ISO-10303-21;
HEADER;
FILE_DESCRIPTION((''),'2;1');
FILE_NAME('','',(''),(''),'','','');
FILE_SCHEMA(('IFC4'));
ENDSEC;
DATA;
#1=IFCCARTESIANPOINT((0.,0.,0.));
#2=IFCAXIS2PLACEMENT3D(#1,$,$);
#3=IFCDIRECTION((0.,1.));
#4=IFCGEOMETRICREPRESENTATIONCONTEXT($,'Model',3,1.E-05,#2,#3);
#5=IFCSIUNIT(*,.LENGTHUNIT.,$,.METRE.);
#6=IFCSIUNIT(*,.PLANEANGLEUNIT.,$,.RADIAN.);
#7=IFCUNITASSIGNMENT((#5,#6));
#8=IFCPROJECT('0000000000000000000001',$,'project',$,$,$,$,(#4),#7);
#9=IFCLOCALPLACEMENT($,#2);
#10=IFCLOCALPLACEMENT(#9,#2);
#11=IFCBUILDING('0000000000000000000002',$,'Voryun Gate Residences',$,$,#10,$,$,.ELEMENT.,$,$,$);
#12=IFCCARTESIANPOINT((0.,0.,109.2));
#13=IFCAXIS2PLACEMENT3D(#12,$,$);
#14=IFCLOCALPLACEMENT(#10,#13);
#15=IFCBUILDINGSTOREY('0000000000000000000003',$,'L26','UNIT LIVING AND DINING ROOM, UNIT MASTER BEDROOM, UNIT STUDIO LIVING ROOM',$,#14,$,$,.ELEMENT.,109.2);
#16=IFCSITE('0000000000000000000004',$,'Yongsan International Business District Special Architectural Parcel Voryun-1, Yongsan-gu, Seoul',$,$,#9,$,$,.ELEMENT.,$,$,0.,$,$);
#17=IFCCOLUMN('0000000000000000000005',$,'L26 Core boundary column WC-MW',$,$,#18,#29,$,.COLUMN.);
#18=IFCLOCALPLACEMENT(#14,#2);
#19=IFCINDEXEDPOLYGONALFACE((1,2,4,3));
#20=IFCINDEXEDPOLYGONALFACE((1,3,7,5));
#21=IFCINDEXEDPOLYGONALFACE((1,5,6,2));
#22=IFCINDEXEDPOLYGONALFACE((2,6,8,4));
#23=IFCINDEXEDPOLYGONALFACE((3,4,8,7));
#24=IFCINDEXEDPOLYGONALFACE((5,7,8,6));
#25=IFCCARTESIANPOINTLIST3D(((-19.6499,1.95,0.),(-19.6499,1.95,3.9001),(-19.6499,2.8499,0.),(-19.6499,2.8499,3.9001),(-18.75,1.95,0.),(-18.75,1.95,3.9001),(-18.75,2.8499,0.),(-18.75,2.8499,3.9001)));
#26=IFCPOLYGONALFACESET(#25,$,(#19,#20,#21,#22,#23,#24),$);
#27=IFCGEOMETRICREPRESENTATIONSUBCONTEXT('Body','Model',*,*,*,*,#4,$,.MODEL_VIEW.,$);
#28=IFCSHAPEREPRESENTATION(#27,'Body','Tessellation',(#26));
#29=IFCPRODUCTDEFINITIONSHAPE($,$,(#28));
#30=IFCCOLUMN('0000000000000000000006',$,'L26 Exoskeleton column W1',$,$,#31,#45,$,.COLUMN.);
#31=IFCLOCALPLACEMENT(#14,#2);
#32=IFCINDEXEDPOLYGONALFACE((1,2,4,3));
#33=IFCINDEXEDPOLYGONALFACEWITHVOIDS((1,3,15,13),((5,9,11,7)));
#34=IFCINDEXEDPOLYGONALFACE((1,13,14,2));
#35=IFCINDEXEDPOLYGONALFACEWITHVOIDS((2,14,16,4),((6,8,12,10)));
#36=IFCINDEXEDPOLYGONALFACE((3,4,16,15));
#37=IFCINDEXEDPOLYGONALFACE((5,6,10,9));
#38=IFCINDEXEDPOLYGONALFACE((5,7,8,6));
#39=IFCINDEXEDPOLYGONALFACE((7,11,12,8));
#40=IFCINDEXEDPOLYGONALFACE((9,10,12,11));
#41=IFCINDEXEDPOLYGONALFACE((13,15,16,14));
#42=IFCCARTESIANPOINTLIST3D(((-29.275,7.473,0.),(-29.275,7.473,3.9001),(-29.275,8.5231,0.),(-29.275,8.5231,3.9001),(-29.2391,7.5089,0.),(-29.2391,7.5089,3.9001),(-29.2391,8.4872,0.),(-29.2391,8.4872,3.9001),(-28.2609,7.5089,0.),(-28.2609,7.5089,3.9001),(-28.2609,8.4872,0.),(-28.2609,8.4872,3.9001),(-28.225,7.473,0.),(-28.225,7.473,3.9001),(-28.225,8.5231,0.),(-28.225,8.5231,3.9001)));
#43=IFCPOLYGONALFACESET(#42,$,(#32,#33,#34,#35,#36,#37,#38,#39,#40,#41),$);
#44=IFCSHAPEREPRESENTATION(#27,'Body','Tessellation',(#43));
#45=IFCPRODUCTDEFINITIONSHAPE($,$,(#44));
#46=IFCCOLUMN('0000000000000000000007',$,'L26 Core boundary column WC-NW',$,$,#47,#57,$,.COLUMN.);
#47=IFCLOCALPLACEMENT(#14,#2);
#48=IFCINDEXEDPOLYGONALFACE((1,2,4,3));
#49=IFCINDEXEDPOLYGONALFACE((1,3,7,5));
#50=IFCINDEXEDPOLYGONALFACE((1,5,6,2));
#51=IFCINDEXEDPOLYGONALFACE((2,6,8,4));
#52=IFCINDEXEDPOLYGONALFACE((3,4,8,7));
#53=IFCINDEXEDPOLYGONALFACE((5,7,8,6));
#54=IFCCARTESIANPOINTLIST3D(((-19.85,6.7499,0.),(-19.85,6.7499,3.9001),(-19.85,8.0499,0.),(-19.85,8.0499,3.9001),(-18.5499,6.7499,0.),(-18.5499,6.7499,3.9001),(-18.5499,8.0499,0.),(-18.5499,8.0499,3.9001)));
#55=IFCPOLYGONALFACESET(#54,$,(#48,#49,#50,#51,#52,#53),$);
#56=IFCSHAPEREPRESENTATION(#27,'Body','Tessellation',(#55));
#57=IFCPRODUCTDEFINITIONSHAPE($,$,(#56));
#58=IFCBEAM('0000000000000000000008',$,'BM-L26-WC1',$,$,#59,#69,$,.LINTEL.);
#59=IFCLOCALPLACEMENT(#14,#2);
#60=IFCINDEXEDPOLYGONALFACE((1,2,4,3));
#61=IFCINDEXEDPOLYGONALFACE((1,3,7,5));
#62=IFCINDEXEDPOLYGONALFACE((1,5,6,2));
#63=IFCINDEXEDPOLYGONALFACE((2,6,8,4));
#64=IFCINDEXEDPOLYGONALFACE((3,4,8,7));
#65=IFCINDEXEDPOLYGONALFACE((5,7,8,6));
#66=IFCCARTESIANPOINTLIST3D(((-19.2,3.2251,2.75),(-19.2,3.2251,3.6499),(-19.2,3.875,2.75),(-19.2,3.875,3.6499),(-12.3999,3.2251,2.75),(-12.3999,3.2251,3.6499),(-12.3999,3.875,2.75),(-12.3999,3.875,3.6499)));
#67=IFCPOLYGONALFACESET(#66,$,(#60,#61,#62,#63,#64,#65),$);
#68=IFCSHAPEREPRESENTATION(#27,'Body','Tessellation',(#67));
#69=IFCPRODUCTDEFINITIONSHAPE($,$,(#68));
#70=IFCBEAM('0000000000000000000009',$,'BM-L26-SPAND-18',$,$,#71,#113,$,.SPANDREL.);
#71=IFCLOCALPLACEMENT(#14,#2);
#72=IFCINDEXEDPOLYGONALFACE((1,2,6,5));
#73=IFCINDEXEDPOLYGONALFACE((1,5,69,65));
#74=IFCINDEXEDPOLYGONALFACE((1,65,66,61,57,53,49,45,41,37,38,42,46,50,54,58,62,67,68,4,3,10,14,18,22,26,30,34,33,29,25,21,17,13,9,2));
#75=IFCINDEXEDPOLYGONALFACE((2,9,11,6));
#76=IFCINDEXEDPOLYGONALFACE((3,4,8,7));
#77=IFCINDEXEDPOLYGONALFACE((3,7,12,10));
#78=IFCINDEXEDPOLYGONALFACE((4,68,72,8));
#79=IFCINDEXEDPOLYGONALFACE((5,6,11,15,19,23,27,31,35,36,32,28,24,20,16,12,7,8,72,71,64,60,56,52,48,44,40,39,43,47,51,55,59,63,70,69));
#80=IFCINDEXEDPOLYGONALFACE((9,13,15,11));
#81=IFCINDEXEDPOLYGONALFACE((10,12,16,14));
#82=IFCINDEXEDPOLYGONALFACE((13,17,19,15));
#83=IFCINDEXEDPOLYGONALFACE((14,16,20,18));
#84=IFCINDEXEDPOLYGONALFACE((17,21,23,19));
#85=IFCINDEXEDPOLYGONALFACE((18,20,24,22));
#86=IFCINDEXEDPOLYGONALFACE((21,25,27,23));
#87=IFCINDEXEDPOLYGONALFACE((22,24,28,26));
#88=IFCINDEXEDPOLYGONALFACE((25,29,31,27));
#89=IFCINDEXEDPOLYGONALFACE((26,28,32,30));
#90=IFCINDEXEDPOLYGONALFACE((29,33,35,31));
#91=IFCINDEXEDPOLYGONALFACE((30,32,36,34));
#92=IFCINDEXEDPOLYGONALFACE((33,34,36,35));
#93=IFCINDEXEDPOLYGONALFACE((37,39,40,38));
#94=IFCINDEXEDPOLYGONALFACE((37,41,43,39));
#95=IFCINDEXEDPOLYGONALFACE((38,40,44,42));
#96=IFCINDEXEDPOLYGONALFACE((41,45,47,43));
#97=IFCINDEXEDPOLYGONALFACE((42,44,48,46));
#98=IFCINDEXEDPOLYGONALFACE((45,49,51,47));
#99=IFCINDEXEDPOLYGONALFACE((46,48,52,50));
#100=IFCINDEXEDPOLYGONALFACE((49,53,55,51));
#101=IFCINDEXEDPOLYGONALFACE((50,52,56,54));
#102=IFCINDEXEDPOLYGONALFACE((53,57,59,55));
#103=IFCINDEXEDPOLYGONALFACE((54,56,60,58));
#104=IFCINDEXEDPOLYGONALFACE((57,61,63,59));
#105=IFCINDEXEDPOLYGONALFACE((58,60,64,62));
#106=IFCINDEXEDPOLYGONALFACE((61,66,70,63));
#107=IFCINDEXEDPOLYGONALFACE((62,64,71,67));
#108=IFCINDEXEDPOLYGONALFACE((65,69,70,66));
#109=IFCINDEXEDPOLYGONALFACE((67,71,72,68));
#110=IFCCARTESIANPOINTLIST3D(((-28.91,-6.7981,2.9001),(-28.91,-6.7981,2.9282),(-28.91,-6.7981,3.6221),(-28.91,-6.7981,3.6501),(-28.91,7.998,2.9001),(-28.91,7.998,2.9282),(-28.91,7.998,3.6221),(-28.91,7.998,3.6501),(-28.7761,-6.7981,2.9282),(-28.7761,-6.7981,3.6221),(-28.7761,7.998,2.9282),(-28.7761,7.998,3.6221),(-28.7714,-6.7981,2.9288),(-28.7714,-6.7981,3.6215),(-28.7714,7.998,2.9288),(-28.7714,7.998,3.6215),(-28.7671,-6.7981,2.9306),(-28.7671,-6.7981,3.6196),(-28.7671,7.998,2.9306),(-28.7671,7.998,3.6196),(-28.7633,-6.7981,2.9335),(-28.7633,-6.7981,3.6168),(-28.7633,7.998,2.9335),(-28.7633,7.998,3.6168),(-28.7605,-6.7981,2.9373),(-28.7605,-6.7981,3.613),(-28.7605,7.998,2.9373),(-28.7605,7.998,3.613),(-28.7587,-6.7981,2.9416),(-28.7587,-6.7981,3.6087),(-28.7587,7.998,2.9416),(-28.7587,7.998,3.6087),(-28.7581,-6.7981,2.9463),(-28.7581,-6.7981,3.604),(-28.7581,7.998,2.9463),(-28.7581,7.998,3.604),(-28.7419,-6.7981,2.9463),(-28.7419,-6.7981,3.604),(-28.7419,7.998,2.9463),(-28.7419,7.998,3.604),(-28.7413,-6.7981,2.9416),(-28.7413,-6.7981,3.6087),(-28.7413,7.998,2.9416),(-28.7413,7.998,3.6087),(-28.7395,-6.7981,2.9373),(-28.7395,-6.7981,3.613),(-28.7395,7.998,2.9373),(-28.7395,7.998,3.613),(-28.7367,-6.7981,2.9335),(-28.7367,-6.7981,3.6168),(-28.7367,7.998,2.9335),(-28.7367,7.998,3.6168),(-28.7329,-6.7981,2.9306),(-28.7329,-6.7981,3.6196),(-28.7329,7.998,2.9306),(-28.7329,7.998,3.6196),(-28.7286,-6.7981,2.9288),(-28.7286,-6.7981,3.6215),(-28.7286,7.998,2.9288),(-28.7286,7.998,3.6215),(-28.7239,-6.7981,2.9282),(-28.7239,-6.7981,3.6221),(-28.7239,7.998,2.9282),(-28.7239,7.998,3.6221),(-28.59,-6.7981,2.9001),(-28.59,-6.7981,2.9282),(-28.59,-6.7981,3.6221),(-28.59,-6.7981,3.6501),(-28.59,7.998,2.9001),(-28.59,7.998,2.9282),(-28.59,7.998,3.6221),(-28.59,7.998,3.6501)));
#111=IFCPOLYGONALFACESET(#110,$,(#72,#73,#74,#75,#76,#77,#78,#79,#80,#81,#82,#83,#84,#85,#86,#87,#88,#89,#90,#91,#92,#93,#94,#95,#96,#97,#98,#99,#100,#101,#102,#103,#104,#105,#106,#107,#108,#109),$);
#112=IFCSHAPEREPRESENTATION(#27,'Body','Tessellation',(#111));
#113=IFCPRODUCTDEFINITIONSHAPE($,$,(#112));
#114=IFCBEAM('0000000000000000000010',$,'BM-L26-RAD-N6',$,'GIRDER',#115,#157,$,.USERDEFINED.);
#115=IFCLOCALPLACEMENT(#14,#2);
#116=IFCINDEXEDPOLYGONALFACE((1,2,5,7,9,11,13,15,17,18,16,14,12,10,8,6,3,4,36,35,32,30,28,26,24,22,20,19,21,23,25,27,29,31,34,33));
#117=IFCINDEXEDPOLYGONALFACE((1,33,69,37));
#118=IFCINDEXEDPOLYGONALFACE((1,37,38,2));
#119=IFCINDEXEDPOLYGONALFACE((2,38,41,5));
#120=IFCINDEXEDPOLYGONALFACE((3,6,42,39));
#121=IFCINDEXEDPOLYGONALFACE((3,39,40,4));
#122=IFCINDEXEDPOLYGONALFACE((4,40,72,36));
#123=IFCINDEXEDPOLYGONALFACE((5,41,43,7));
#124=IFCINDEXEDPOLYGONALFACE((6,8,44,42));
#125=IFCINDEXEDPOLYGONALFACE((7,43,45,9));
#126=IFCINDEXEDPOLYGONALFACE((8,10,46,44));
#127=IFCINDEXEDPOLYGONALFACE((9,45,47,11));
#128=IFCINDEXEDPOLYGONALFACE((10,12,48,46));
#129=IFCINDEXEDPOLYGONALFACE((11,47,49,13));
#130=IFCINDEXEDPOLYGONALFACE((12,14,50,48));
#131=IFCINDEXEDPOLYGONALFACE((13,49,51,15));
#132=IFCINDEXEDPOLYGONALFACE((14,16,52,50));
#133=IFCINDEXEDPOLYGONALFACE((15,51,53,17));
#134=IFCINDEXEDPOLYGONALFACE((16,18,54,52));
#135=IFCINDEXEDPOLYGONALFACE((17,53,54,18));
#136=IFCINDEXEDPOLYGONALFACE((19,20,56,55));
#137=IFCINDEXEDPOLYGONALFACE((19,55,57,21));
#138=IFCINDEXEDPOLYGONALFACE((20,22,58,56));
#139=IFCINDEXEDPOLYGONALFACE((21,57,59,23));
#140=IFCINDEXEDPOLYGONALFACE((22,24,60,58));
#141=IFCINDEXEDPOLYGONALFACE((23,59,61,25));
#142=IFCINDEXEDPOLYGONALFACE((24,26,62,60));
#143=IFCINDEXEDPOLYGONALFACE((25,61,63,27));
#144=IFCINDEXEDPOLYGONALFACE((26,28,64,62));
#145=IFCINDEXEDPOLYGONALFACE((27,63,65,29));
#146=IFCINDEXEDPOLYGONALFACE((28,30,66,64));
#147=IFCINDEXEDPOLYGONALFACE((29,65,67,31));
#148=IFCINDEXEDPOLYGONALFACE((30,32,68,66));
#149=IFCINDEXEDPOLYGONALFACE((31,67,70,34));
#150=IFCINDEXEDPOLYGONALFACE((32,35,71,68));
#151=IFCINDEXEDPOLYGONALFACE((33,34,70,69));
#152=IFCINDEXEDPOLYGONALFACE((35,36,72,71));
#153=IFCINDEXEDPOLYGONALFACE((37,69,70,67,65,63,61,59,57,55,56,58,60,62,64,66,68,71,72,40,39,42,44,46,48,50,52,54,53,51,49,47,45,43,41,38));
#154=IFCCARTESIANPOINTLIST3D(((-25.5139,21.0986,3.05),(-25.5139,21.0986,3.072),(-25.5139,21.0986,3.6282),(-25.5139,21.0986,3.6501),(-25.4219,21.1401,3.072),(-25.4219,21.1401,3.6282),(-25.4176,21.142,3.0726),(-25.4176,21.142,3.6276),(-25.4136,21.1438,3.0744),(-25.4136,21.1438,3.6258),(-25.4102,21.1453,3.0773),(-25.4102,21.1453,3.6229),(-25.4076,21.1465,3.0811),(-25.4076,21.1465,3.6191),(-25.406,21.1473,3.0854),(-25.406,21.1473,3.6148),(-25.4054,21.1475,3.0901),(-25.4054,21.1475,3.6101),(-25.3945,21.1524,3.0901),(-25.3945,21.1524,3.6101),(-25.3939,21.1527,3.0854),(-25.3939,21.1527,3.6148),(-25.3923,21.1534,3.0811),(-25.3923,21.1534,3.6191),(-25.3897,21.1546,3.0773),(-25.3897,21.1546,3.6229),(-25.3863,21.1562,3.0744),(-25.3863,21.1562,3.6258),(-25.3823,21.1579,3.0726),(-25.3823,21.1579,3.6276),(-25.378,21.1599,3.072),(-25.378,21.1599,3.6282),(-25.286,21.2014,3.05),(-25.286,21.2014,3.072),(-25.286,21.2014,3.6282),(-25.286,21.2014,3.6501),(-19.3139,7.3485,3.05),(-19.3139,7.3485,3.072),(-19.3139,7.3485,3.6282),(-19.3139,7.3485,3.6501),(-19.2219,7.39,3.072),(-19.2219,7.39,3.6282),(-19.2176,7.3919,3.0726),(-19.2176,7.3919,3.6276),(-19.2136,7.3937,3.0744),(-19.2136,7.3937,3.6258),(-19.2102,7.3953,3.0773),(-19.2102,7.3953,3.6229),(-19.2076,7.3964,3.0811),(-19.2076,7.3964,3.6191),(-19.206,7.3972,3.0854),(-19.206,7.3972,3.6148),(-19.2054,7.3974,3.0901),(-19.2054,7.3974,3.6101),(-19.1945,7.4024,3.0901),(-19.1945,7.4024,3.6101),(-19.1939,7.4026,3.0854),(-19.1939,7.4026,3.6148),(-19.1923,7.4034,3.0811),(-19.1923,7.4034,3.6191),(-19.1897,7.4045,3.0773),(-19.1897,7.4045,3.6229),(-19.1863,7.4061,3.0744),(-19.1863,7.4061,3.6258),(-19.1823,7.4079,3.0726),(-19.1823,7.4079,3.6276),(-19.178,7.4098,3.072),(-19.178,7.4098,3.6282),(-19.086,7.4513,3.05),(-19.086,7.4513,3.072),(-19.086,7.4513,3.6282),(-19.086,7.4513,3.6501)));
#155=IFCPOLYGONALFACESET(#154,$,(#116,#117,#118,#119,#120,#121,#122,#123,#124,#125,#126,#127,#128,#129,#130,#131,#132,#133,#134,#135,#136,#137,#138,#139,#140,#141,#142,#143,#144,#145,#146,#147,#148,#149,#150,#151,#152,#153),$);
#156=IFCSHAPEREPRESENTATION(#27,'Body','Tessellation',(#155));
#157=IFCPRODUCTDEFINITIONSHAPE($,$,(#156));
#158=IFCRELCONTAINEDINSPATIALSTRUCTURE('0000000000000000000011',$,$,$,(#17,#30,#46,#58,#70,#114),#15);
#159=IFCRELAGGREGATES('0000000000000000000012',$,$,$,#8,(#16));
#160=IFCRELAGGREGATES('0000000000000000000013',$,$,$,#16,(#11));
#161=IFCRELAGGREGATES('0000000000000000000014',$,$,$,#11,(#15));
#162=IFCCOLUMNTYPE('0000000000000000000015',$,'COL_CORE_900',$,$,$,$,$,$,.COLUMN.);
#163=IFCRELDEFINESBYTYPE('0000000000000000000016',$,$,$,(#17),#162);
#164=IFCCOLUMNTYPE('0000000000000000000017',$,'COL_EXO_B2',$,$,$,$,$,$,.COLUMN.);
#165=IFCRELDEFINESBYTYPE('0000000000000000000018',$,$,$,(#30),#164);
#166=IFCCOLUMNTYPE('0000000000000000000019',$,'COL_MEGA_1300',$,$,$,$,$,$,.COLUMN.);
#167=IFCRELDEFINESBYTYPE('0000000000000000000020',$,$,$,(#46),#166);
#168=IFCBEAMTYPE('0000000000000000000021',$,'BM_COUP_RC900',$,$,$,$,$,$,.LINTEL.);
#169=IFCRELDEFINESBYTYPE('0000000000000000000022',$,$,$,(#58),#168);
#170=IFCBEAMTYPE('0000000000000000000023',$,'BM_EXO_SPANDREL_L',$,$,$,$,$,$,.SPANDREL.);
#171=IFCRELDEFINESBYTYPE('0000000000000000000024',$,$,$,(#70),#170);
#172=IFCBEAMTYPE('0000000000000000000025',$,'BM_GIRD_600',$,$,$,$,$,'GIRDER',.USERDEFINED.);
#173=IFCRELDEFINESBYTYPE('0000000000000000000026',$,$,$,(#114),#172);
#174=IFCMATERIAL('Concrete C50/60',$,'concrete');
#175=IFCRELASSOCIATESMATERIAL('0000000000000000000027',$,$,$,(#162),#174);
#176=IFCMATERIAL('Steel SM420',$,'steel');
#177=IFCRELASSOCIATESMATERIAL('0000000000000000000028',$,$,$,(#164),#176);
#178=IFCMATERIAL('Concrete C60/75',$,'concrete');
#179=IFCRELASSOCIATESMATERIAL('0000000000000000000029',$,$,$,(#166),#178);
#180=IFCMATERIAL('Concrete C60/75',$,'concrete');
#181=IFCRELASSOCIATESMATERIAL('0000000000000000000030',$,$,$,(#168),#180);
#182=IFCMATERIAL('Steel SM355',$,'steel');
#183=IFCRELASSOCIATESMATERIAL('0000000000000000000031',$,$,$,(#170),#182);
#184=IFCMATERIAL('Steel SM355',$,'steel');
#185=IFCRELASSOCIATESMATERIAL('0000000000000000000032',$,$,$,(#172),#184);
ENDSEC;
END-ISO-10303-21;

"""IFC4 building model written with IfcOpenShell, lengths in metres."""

from ifc_helpers import new_model, si_unit, direction, frame, origin, origin_2d, place, context, subcontext, project, spatial, rectangle, hollow_rectangle, i_section, extrude, material, material_profile, profile_set, type_object, element, save


model = new_model("IFC4")

# Units and contexts
model_context = context("Model", 3, precision=1e-05, world=origin(), true_north=direction((0.0, 1.0)))
body_context = subcontext(model_context, "Body", "Model", "MODEL_VIEW")
ifc_project = project(units=[si_unit("LENGTHUNIT", "METRE"), si_unit("PLANEANGLEUNIT", "RADIAN")], contexts=[model_context])

# Site, building, storey
site_placement = place(None, origin())
site = spatial("IfcSite", under=ifc_project, at=site_placement, Name="Yongsan International Business District Special Architectural Parcel Voryun-1, Yongsan-gu, Seoul", CompositionType="ELEMENT", RefElevation=0.0)
building_placement = place(site_placement, origin())
building = spatial("IfcBuilding", under=site, at=building_placement, Name="Voryun Gate Residences", CompositionType="ELEMENT")
storey_placement = place(building_placement, frame((0.0, 0.0, 109.2)))
storey = spatial("IfcBuildingStorey", under=building, at=storey_placement, Name="L26", Description="UNIT LIVING AND DINING ROOM, UNIT MASTER BEDROOM, UNIT STUDIO LIVING ROOM", CompositionType="ELEMENT", Elevation=109.2)

# Columns
ifc_material_1 = material(Name="Concrete C50/60", Category="concrete")
ifc_material_profile_1 = material_profile(ifc_material_1, rectangle(XDim=0.8999, YDim=0.8999, at=origin_2d()), Name="RC-900x900")
ifc_profile_set_1 = profile_set([ifc_material_profile_1], Name="Concrete C50/60")
column_type_1 = type_object("IfcColumnType", Name="COL_CORE_900", PredefinedType="COLUMN", material=ifc_profile_set_1)
column_1_placement = place(storey_placement, frame((-19.2, 2.3999, 0.0), z_axis=(0.0, 0.0, 1.0), x_axis=(1.0, 0.0, 0.0)))
element("IfcColumn", 1, at=column_1_placement, inside=storey, type_object=column_type_1, Name="L26 Core boundary column WC-MW", PredefinedType="COLUMN", context=body_context, shape_type="SweptSolid", body=[
    extrude(rectangle(XDim=0.8999, YDim=0.8999, at=origin_2d()), origin(), (0.0, 0.0, 1.0), 3.9001),
])
ifc_material_2 = material(Name="Steel SM420", Category="steel")
ifc_material_profile_2 = material_profile(ifc_material_2, hollow_rectangle(XDim=1.05, YDim=1.05, WallThickness=0.0359, at=origin_2d()), Name="BOX-1050x1050x36")
ifc_profile_set_2 = profile_set([ifc_material_profile_2], Name="Steel SM420")
column_type_2 = type_object("IfcColumnType", Name="COL_EXO_B2", PredefinedType="COLUMN", material=ifc_profile_set_2)
column_2_placement = place(storey_placement, frame((-28.75, 7.998, 0.0), z_axis=(0.0, 0.0, 1.0), x_axis=(1.0, 0.0, 0.0)))
element("IfcColumn", 2, at=column_2_placement, inside=storey, type_object=column_type_2, Name="L26 Exoskeleton column W1", PredefinedType="COLUMN", context=body_context, shape_type="SweptSolid", body=[
    extrude(hollow_rectangle(XDim=1.05, YDim=1.05, WallThickness=0.0359, at=origin_2d()), origin(), (0.0, 0.0, 1.0), 3.9001),
])
ifc_material_3 = material(Name="Concrete C60/75", Category="concrete")
ifc_material_profile_3 = material_profile(ifc_material_3, rectangle(XDim=1.3, YDim=1.3, at=origin_2d()), Name="RC-1300x1300")
ifc_profile_set_3 = profile_set([ifc_material_profile_3], Name="Concrete C60/75")
column_type_3 = type_object("IfcColumnType", Name="COL_MEGA_1300", PredefinedType="COLUMN", material=ifc_profile_set_3)
column_3_placement = place(storey_placement, frame((-19.2, 7.3999, 0.0), z_axis=(0.0, 0.0, 1.0), x_axis=(1.0, 0.0, 0.0)))
element("IfcColumn", 3, at=column_3_placement, inside=storey, type_object=column_type_3, Name="L26 Core boundary column WC-NW", PredefinedType="COLUMN", context=body_context, shape_type="SweptSolid", body=[
    extrude(rectangle(XDim=1.3, YDim=1.3, at=origin_2d()), origin(), (0.0, 0.0, 1.0), 3.9001),
])

# Beams
ifc_material_4 = material(Name="Concrete C60/75", Category="concrete")
ifc_material_profile_4 = material_profile(ifc_material_4, rectangle(XDim=0.6499, YDim=0.8999, at=origin_2d()), Name="RC-650x900")
ifc_profile_set_4 = profile_set([ifc_material_profile_4], Name="Concrete C60/75")
beam_type_1 = type_object("IfcBeamType", Name="BM_COUP_RC900", PredefinedType="LINTEL", material=ifc_profile_set_4)
beam_1_placement = place(storey_placement, frame((-19.2, 3.55, 3.2), z_axis=(1.0, 0.0, 0.0), x_axis=(0.0, 1.0, 0.0)))
element("IfcBeam", 4, at=beam_1_placement, inside=storey, type_object=beam_type_1, Name="BM-L26-WC1", PredefinedType="LINTEL", context=body_context, shape_type="SweptSolid", body=[
    extrude(rectangle(XDim=0.6499, YDim=0.8999, at=origin_2d()), origin(), (0.0, 0.0, 1.0), 6.8),
])
ifc_material_5 = material(Name="Steel SM355", Category="steel")
ifc_material_profile_5 = material_profile(ifc_material_5, i_section(OverallWidth=0.3201, OverallDepth=0.75, WebThickness=0.0161, FlangeThickness=0.0281, FilletRadius=0.0181, at=origin_2d()), Name="H-750x320x16x28")
ifc_profile_set_5 = profile_set([ifc_material_profile_5], Name="Steel SM355")
beam_type_2 = type_object("IfcBeamType", Name="BM_EXO_SPANDREL_L", PredefinedType="SPANDREL", material=ifc_profile_set_5)
beam_2_placement = place(storey_placement, frame((-28.75, 7.998, 3.2751), z_axis=(0.0, -1.0, 0.0), x_axis=(1.0, 0.0, 0.0)))
element("IfcBeam", 5, at=beam_2_placement, inside=storey, type_object=beam_type_2, Name="BM-L26-SPAND-18", PredefinedType="SPANDREL", context=body_context, shape_type="SweptSolid", body=[
    extrude(i_section(OverallWidth=0.3201, OverallDepth=0.75, WebThickness=0.0161, FlangeThickness=0.0281, FilletRadius=0.0181, at=origin_2d()), origin(), (0.0, 0.0, 1.0), 14.7961),
])
ifc_material_6 = material(Name="Steel SM355", Category="steel")
ifc_material_profile_6 = material_profile(ifc_material_6, i_section(OverallWidth=0.25, OverallDepth=0.6001, WebThickness=0.012, FlangeThickness=0.022, FilletRadius=0.0181, at=origin_2d()), Name="H-600x250x12x22")
ifc_profile_set_6 = profile_set([ifc_material_profile_6], Name="Steel SM355")
beam_type_3 = type_object("IfcBeamType", Name="BM_GIRD_600", ElementType="GIRDER", PredefinedType="USERDEFINED", material=ifc_profile_set_6)
beam_3_placement = place(storey_placement, frame((-19.2, 7.3999, 3.3501), z_axis=(-0.411051, 0.911612, 0.0), x_axis=(-0.911612, -0.411051, 0.0)))
element("IfcBeam", 6, at=beam_3_placement, inside=storey, type_object=beam_type_3, Name="BM-L26-RAD-N6", ObjectType="GIRDER", PredefinedType="USERDEFINED", context=body_context, shape_type="SweptSolid", body=[
    extrude(i_section(OverallWidth=0.25, OverallDepth=0.6001, WebThickness=0.012, FlangeThickness=0.022, FilletRadius=0.0181, at=origin_2d()), origin(), (0.0, 0.0, 1.0), 15.0833),
])

save(model, "model.ifc")
